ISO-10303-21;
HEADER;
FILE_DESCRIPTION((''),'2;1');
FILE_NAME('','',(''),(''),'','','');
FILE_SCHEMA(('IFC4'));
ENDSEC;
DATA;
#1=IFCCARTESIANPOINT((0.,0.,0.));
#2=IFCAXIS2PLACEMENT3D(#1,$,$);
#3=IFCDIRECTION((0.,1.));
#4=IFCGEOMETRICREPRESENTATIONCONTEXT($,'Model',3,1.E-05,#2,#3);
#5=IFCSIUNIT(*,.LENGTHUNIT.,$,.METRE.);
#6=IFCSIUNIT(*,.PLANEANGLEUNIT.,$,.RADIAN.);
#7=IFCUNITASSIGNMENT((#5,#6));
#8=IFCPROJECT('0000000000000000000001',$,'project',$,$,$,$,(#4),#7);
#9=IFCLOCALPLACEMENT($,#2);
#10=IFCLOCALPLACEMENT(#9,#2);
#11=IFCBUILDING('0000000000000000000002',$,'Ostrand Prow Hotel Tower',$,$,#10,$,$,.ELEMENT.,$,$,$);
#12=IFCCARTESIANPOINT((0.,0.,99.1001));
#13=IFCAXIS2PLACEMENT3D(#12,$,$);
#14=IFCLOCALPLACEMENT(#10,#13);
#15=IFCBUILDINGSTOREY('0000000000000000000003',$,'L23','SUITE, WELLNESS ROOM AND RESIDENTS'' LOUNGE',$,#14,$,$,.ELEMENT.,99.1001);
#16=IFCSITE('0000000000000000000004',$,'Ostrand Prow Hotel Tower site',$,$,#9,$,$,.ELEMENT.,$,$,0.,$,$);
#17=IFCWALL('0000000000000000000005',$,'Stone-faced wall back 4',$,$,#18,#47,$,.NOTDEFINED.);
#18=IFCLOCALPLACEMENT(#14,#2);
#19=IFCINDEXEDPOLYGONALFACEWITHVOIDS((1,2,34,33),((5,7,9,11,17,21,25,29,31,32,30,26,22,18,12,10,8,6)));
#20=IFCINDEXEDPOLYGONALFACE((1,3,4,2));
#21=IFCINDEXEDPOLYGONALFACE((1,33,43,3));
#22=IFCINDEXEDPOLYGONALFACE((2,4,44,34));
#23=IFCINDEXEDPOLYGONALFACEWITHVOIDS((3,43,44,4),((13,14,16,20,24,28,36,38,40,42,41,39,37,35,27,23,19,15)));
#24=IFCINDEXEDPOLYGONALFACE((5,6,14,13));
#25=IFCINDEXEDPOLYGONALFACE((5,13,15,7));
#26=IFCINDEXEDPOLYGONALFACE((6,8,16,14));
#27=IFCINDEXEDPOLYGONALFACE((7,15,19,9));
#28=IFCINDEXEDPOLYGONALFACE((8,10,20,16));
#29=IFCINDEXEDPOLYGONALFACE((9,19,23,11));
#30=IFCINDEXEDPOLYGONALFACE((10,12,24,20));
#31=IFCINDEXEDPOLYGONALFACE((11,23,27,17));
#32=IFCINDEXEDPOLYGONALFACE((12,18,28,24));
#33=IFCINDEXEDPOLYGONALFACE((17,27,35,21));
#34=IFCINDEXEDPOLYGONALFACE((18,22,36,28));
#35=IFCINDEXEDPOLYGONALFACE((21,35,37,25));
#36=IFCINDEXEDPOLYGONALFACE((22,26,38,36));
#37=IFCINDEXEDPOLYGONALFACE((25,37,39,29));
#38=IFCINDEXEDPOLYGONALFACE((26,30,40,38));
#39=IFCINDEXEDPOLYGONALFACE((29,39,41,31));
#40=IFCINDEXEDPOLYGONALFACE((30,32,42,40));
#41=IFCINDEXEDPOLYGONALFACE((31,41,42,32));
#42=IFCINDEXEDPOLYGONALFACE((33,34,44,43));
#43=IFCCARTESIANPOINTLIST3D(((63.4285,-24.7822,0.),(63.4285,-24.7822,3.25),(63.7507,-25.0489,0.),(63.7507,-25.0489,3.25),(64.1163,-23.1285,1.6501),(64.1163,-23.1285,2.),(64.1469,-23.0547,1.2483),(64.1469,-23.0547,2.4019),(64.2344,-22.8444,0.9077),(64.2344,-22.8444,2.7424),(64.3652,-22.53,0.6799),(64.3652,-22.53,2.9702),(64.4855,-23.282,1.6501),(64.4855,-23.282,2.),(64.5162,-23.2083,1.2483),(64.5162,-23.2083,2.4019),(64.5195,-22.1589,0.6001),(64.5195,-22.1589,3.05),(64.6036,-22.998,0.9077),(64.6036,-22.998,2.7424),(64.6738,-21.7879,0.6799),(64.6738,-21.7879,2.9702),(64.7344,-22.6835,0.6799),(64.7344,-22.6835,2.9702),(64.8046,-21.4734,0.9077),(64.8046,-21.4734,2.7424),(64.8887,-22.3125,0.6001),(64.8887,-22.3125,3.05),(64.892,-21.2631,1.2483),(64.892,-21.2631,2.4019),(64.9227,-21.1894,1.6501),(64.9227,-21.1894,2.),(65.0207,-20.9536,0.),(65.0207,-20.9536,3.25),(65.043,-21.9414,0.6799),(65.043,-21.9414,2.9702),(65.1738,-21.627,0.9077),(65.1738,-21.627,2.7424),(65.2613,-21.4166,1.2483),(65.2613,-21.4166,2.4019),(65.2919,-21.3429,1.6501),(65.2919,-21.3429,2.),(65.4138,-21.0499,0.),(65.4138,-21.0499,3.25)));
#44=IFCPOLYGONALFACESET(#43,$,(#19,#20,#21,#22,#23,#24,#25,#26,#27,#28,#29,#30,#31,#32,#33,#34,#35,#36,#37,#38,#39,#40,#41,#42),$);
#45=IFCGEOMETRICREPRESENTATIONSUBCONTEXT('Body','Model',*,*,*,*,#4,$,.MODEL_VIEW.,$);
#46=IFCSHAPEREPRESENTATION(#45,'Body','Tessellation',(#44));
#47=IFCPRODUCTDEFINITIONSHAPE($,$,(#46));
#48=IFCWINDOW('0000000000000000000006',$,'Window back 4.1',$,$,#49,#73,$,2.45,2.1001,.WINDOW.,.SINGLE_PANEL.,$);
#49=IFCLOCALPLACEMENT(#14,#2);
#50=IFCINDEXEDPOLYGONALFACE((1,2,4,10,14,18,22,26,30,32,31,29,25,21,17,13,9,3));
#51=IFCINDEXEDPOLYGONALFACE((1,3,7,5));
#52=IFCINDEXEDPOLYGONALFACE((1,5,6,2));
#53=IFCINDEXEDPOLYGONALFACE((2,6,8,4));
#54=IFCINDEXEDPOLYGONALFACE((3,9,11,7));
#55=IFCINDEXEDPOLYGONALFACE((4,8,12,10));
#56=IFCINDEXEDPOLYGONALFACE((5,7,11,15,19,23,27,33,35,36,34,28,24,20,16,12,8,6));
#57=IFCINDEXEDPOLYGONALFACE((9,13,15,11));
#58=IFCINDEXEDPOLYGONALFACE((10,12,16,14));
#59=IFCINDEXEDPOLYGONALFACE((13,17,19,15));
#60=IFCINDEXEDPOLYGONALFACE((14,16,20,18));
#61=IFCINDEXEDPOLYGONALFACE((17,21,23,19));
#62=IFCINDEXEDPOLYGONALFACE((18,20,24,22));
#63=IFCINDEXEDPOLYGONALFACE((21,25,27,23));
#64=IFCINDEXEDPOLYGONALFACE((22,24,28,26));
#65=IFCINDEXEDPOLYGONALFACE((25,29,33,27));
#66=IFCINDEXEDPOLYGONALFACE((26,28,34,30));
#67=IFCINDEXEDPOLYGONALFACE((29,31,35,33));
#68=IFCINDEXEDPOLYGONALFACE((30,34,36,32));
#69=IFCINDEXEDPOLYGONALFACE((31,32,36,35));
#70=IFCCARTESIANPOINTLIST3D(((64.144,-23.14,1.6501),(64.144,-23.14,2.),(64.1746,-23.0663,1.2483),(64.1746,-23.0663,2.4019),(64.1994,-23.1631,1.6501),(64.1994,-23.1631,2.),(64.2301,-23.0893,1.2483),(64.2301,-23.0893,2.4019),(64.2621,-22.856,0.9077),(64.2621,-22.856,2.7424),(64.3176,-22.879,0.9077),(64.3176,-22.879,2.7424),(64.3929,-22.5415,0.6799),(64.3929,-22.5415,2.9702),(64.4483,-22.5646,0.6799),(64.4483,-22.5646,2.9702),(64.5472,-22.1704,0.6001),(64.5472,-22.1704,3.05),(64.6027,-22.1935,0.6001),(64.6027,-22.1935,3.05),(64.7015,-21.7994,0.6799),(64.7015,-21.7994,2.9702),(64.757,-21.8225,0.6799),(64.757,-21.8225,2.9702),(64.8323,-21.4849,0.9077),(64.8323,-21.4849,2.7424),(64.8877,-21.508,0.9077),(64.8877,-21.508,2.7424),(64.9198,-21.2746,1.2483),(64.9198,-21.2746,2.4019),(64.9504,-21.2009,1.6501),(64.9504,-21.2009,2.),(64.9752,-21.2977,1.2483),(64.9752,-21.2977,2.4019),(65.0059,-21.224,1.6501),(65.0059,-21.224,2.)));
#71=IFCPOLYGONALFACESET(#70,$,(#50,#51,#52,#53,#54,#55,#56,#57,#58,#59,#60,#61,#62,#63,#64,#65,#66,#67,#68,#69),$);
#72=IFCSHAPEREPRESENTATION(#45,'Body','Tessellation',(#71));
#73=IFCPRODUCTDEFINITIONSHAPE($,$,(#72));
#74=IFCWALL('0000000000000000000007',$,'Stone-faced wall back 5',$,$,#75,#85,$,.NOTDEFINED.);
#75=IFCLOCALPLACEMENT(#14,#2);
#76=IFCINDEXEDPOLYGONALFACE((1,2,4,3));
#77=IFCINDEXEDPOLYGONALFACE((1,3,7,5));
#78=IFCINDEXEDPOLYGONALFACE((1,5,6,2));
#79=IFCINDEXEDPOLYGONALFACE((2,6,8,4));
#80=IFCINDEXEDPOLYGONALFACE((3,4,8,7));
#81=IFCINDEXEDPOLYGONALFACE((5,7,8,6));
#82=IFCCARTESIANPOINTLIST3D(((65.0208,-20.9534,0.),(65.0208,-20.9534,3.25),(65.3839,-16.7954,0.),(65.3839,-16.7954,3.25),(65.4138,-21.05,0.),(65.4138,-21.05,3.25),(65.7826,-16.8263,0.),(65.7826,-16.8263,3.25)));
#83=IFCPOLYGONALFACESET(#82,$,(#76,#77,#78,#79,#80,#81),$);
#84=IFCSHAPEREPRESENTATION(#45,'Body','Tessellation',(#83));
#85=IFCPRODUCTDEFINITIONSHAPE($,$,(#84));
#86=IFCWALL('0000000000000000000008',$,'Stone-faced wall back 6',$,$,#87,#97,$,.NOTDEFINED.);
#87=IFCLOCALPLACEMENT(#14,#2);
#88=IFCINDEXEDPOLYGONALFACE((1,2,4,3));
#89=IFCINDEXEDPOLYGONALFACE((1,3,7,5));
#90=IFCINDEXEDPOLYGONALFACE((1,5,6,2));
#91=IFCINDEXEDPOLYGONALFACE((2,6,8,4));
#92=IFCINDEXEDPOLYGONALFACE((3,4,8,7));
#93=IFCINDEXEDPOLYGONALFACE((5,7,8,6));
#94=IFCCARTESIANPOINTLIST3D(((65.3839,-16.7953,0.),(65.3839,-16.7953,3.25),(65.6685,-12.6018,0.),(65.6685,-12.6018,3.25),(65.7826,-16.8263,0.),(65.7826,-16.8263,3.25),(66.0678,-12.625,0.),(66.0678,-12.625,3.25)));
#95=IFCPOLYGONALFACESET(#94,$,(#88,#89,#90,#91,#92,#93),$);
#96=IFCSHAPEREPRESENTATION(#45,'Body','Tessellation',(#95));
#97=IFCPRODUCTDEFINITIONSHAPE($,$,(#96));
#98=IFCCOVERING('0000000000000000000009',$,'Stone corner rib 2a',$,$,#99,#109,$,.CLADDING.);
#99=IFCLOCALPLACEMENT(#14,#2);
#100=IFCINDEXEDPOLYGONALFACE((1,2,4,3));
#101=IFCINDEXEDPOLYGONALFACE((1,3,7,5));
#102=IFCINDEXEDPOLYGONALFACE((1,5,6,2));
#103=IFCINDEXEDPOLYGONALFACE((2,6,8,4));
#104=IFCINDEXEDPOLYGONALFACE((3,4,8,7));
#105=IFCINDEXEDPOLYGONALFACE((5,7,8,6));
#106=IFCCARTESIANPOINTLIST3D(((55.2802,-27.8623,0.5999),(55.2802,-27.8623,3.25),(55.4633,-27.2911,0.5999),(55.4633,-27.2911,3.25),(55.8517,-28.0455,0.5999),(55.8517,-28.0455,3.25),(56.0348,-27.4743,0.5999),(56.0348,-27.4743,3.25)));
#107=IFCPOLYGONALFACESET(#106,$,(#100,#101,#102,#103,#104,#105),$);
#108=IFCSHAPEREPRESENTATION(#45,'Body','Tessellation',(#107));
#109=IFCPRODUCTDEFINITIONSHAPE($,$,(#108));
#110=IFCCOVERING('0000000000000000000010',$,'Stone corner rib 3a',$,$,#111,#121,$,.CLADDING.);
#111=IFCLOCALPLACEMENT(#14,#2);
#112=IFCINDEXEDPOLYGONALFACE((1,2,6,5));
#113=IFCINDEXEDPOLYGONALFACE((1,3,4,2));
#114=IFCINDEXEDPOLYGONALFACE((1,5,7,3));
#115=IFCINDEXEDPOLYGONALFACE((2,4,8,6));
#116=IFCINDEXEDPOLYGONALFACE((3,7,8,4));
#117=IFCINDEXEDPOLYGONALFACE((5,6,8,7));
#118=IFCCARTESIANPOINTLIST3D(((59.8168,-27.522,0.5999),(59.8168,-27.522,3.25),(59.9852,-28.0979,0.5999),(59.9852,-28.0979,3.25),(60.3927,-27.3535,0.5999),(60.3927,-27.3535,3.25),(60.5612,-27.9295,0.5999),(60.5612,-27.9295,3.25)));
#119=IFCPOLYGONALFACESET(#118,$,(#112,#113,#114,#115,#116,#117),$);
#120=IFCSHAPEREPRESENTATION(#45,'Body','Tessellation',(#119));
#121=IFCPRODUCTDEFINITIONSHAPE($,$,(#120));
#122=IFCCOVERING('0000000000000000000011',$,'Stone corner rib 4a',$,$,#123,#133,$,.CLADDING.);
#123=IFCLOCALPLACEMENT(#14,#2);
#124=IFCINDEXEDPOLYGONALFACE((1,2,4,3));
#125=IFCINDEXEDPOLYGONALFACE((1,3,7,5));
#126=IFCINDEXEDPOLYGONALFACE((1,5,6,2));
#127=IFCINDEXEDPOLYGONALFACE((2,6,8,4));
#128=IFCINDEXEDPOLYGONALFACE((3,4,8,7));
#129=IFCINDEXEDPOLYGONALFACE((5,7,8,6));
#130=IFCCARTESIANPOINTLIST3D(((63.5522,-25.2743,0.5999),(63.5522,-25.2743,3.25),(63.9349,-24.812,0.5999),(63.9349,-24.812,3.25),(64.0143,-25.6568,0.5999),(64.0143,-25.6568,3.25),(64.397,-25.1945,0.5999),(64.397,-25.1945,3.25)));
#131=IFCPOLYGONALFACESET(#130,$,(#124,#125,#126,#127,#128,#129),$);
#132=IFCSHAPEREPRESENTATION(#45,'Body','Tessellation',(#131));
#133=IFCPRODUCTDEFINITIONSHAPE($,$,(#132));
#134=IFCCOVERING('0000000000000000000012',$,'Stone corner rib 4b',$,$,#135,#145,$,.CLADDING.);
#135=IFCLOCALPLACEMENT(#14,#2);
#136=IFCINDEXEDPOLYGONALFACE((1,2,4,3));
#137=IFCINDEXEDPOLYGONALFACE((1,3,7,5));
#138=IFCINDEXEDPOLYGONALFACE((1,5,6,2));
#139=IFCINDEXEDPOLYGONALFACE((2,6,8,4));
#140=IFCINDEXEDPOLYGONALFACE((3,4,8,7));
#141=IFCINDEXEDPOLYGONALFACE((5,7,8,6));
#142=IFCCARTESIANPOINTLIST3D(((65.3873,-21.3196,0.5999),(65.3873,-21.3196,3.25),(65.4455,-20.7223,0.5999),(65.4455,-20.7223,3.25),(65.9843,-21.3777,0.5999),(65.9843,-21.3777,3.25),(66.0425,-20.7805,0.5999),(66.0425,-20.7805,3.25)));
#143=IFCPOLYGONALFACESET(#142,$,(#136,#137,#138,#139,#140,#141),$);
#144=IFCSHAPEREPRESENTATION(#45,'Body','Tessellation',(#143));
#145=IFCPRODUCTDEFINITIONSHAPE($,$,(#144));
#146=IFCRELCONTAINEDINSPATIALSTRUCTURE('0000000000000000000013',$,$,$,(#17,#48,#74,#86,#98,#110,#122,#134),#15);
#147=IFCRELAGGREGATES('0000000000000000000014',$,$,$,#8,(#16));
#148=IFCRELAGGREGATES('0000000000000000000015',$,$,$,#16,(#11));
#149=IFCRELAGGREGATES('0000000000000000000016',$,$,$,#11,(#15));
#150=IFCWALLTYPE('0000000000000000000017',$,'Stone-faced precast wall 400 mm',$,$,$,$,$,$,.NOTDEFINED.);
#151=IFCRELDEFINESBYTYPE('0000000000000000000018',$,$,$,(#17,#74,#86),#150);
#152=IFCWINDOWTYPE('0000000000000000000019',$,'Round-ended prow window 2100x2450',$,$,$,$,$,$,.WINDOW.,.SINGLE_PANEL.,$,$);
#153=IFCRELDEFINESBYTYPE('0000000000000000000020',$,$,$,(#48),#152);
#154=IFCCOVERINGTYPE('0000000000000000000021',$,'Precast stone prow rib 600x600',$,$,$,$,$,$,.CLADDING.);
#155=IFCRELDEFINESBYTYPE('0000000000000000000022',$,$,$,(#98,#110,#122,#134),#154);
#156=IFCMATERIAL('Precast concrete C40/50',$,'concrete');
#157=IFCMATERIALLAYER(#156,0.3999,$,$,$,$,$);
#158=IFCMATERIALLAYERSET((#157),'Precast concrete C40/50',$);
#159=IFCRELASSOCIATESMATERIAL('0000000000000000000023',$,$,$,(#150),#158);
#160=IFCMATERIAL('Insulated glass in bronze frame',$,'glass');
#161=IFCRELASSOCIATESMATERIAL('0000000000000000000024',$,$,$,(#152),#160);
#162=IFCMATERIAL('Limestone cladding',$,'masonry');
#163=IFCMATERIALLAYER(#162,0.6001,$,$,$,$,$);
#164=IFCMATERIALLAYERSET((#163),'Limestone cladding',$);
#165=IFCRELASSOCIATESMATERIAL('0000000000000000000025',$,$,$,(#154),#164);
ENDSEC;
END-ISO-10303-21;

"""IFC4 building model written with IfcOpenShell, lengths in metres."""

from ifc_helpers import new_model, si_unit, direction, frame, frame_2d, origin, place, context, subcontext, project, spatial, polyline, rectangle, outline, extrude, material, layer, layer_set, type_object, element, fill, save


model = new_model("IFC4")

# Units and contexts
model_context = context("Model", 3, precision=1e-05, world=origin(), true_north=direction((0.0, 1.0)))
body_context = subcontext(model_context, "Body", "Model", "MODEL_VIEW")
ifc_project = project(units=[si_unit("LENGTHUNIT", "METRE"), si_unit("PLANEANGLEUNIT", "RADIAN")], contexts=[model_context])

# Site, building, storey
site_placement = place(None, origin())
site = spatial("IfcSite", under=ifc_project, at=site_placement, Name="Ostrand Prow Hotel Tower site", CompositionType="ELEMENT", RefElevation=0.0)
building_placement = place(site_placement, origin())
building = spatial("IfcBuilding", under=site, at=building_placement, Name="Ostrand Prow Hotel Tower", CompositionType="ELEMENT")
storey_placement = place(building_placement, frame((0.0, 0.0, 99.1001)))
storey = spatial("IfcBuildingStorey", under=building, at=storey_placement, Name="L23", Description="SUITE, WELLNESS ROOM AND RESIDENTS' LOUNGE", CompositionType="ELEMENT", Elevation=99.1001)

# Wall, opening, window
ifc_material_1 = material(Name="Precast concrete C40/50", Category="concrete")
ifc_layer_1 = layer(ifc_material_1, 0.3999)
ifc_layer_set_1 = layer_set([ifc_layer_1], Name="Precast concrete C40/50")
wall_type_1 = type_object("IfcWallType", Name="Stone-faced precast wall 400 mm", PredefinedType="NOTDEFINED", material=ifc_layer_set_1)
wall_1_placement = place(storey_placement, frame((63.5896, -24.9155, 0.0), z_axis=(0.0, 0.0, 1.0), x_axis=(0.383998, 0.923334, 0.0)))
wall_1 = element("IfcWall", 1, at=wall_1_placement, inside=storey, type_object=wall_type_1, Name="Stone-faced wall back 4", PredefinedType="NOTDEFINED", context=body_context, shape_type="SweptSolid", body=[
    extrude(outline(polyline([(-0.0613, -0.2), (4.2698, -0.2), (4.2078, 0.2), (0.0613, 0.2), (-0.0613, -0.2)])), origin(), (0.0, 0.0, 1.0), 3.25),
])
opening_1_placement = place(wall_1_placement, frame((1.8523, 0.0, 0.6001)))
opening_1 = element("IfcOpeningElement", 2, at=opening_1_placement, cuts=wall_1, PredefinedType="OPENING", context=body_context, shape_type="SweptSolid", body=[
    extrude(outline(polyline([(0.0, 1.3999), (0.0798, 1.8018), (0.3076, 2.1423), (0.6482, 2.3701), (1.05, 2.45), (1.4519, 2.3701), (1.7925, 2.1423), (2.0203, 1.8018), (2.1001, 1.3999), (2.1001, 1.05), (2.0203, 0.6482), (1.7925, 0.3076), (1.4519, 0.0798), (1.05, 0.0), (0.6482, 0.0798), (0.3076, 0.3076), (0.0798, 0.6482), (0.0, 1.05), (0.0, 1.3999)])), frame((0.0, 0.21, 0.0), z_axis=(0.0, -1.0, 0.0), x_axis=(1.0, 0.0, 0.0)), (0.0, 0.0, 1.0), 0.4199),
])
ifc_material_2 = material(Name="Insulated glass in bronze frame", Category="glass")
window_type_1 = type_object("IfcWindowType", Name="Round-ended prow window 2100x2450", PartitioningType="SINGLE_PANEL", PredefinedType="WINDOW", material=ifc_material_2)
window_1_placement = place(opening_1_placement, origin())
window_1 = element("IfcWindow", 3, at=window_1_placement, inside=storey, type_object=window_type_1, Name="Window back 4.1", OverallHeight=2.45, OverallWidth=2.1001, PartitioningType="SINGLE_PANEL", PredefinedType="WINDOW", context=body_context, shape_type="SweptSolid", body=[
    extrude(outline(polyline([(0.0, 1.3999), (0.0798, 1.8018), (0.3076, 2.1423), (0.6482, 2.3701), (1.05, 2.45), (1.4519, 2.3701), (1.7925, 2.1423), (2.0203, 1.8018), (2.1001, 1.3999), (2.1001, 1.05), (2.0203, 0.6482), (1.7925, 0.3076), (1.4519, 0.0798), (1.05, 0.0), (0.6482, 0.0798), (0.3076, 0.3076), (0.0798, 0.6482), (0.0, 1.05), (0.0, 1.3999)])), frame((0.0, 0.1699, 0.0), z_axis=(0.0, -1.0, 0.0), x_axis=(1.0, 0.0, 0.0)), (0.0, 0.0, 1.0), 0.0601),
])
fill(opening_1, window_1)

# Walls
wall_2_placement = place(storey_placement, frame((65.2173, -21.0017, 0.0), z_axis=(0.0, 0.0, 1.0), x_axis=(0.086993, 0.996209, 0.0)))
element("IfcWall", 4, at=wall_2_placement, inside=storey, type_object=wall_type_1, Name="Stone-faced wall back 5", PredefinedType="NOTDEFINED", context=body_context, shape_type="SweptSolid", body=[
    extrude(outline(polyline([(-0.031, -0.2), (4.2087, -0.2), (4.2048, 0.2), (0.031, 0.2), (-0.031, -0.2)])), origin(), (0.0, 0.0, 1.0), 3.25),
])
wall_3_placement = place(storey_placement, frame((65.5833, -16.8108, 0.0), z_axis=(0.0, 0.0, 1.0), x_axis=(0.067725, 0.997704, 0.0)))
element("IfcWall", 5, at=wall_3_placement, inside=storey, type_object=wall_type_1, Name="Stone-faced wall back 6", PredefinedType="NOTDEFINED", context=body_context, shape_type="SweptSolid", body=[
    extrude(outline(polyline([(-0.002, -0.2), (4.209, -0.2), (4.2051, 0.2), (0.002, 0.2), (-0.002, -0.2)])), origin(), (0.0, 0.0, 1.0), 3.25),
])

# Coverings
ifc_material_3 = material(Name="Limestone cladding", Category="masonry")
ifc_layer_2 = layer(ifc_material_3, 0.6001)
ifc_layer_set_2 = layer_set([ifc_layer_2], Name="Limestone cladding")
covering_type = type_object("IfcCoveringType", Name="Precast stone prow rib 600x600", PredefinedType="CLADDING", material=ifc_layer_set_2)
covering_1_placement = place(storey_placement, frame((55.749, -27.3828, 0.5999), z_axis=(0.0, 0.0, 1.0), x_axis=(-0.305219, -0.952282, 0.0)))
element("IfcCovering", 6, at=covering_1_placement, inside=storey, type_object=covering_type, Name="Stone corner rib 2a", PredefinedType="CLADDING", context=body_context, shape_type="SweptSolid", body=[
    extrude(rectangle(XDim=0.5999, YDim=0.6001, at=frame_2d((0.2998, 0.0))), origin(), (0.0, 0.0, 1.0), 2.6501),
])
covering_2_placement = place(storey_placement, frame((60.1047, -27.4377, 0.5999), z_axis=(0.0, 0.0, 1.0), x_axis=(0.280734, -0.959786, 0.0)))
element("IfcCovering", 7, at=covering_2_placement, inside=storey, type_object=covering_type, Name="Stone corner rib 3a", PredefinedType="CLADDING", context=body_context, shape_type="SweptSolid", body=[
    extrude(rectangle(XDim=0.6001, YDim=0.6001, at=frame_2d((0.3, 0.0))), origin(), (0.0, 0.0, 1.0), 2.6501),
])
for number, where, z_axis, x_axis, name in (
    (8, (63.7437, -25.0432, 0.5999), (0.0, 0.0, 1.0), (0.770319, -0.637659, 0.0), "Stone corner rib 4a"),
    (9, (65.4165, -21.021, 0.5999), (0.0, 0.0, 1.0), (0.995296, -0.096884, 0.0), "Stone corner rib 4b"),
):
    element("IfcCovering", number, at=place(storey_placement, frame(where, z_axis=z_axis, x_axis=x_axis)), inside=storey, type_object=covering_type, Name=name, PredefinedType="CLADDING", context=body_context, shape_type="SweptSolid", body=[
        extrude(rectangle(XDim=0.5999, YDim=0.6001, at=frame_2d((0.2998, 0.0))), origin(), (0.0, 0.0, 1.0), 2.6501),
    ])

save(model, "model.ifc")
